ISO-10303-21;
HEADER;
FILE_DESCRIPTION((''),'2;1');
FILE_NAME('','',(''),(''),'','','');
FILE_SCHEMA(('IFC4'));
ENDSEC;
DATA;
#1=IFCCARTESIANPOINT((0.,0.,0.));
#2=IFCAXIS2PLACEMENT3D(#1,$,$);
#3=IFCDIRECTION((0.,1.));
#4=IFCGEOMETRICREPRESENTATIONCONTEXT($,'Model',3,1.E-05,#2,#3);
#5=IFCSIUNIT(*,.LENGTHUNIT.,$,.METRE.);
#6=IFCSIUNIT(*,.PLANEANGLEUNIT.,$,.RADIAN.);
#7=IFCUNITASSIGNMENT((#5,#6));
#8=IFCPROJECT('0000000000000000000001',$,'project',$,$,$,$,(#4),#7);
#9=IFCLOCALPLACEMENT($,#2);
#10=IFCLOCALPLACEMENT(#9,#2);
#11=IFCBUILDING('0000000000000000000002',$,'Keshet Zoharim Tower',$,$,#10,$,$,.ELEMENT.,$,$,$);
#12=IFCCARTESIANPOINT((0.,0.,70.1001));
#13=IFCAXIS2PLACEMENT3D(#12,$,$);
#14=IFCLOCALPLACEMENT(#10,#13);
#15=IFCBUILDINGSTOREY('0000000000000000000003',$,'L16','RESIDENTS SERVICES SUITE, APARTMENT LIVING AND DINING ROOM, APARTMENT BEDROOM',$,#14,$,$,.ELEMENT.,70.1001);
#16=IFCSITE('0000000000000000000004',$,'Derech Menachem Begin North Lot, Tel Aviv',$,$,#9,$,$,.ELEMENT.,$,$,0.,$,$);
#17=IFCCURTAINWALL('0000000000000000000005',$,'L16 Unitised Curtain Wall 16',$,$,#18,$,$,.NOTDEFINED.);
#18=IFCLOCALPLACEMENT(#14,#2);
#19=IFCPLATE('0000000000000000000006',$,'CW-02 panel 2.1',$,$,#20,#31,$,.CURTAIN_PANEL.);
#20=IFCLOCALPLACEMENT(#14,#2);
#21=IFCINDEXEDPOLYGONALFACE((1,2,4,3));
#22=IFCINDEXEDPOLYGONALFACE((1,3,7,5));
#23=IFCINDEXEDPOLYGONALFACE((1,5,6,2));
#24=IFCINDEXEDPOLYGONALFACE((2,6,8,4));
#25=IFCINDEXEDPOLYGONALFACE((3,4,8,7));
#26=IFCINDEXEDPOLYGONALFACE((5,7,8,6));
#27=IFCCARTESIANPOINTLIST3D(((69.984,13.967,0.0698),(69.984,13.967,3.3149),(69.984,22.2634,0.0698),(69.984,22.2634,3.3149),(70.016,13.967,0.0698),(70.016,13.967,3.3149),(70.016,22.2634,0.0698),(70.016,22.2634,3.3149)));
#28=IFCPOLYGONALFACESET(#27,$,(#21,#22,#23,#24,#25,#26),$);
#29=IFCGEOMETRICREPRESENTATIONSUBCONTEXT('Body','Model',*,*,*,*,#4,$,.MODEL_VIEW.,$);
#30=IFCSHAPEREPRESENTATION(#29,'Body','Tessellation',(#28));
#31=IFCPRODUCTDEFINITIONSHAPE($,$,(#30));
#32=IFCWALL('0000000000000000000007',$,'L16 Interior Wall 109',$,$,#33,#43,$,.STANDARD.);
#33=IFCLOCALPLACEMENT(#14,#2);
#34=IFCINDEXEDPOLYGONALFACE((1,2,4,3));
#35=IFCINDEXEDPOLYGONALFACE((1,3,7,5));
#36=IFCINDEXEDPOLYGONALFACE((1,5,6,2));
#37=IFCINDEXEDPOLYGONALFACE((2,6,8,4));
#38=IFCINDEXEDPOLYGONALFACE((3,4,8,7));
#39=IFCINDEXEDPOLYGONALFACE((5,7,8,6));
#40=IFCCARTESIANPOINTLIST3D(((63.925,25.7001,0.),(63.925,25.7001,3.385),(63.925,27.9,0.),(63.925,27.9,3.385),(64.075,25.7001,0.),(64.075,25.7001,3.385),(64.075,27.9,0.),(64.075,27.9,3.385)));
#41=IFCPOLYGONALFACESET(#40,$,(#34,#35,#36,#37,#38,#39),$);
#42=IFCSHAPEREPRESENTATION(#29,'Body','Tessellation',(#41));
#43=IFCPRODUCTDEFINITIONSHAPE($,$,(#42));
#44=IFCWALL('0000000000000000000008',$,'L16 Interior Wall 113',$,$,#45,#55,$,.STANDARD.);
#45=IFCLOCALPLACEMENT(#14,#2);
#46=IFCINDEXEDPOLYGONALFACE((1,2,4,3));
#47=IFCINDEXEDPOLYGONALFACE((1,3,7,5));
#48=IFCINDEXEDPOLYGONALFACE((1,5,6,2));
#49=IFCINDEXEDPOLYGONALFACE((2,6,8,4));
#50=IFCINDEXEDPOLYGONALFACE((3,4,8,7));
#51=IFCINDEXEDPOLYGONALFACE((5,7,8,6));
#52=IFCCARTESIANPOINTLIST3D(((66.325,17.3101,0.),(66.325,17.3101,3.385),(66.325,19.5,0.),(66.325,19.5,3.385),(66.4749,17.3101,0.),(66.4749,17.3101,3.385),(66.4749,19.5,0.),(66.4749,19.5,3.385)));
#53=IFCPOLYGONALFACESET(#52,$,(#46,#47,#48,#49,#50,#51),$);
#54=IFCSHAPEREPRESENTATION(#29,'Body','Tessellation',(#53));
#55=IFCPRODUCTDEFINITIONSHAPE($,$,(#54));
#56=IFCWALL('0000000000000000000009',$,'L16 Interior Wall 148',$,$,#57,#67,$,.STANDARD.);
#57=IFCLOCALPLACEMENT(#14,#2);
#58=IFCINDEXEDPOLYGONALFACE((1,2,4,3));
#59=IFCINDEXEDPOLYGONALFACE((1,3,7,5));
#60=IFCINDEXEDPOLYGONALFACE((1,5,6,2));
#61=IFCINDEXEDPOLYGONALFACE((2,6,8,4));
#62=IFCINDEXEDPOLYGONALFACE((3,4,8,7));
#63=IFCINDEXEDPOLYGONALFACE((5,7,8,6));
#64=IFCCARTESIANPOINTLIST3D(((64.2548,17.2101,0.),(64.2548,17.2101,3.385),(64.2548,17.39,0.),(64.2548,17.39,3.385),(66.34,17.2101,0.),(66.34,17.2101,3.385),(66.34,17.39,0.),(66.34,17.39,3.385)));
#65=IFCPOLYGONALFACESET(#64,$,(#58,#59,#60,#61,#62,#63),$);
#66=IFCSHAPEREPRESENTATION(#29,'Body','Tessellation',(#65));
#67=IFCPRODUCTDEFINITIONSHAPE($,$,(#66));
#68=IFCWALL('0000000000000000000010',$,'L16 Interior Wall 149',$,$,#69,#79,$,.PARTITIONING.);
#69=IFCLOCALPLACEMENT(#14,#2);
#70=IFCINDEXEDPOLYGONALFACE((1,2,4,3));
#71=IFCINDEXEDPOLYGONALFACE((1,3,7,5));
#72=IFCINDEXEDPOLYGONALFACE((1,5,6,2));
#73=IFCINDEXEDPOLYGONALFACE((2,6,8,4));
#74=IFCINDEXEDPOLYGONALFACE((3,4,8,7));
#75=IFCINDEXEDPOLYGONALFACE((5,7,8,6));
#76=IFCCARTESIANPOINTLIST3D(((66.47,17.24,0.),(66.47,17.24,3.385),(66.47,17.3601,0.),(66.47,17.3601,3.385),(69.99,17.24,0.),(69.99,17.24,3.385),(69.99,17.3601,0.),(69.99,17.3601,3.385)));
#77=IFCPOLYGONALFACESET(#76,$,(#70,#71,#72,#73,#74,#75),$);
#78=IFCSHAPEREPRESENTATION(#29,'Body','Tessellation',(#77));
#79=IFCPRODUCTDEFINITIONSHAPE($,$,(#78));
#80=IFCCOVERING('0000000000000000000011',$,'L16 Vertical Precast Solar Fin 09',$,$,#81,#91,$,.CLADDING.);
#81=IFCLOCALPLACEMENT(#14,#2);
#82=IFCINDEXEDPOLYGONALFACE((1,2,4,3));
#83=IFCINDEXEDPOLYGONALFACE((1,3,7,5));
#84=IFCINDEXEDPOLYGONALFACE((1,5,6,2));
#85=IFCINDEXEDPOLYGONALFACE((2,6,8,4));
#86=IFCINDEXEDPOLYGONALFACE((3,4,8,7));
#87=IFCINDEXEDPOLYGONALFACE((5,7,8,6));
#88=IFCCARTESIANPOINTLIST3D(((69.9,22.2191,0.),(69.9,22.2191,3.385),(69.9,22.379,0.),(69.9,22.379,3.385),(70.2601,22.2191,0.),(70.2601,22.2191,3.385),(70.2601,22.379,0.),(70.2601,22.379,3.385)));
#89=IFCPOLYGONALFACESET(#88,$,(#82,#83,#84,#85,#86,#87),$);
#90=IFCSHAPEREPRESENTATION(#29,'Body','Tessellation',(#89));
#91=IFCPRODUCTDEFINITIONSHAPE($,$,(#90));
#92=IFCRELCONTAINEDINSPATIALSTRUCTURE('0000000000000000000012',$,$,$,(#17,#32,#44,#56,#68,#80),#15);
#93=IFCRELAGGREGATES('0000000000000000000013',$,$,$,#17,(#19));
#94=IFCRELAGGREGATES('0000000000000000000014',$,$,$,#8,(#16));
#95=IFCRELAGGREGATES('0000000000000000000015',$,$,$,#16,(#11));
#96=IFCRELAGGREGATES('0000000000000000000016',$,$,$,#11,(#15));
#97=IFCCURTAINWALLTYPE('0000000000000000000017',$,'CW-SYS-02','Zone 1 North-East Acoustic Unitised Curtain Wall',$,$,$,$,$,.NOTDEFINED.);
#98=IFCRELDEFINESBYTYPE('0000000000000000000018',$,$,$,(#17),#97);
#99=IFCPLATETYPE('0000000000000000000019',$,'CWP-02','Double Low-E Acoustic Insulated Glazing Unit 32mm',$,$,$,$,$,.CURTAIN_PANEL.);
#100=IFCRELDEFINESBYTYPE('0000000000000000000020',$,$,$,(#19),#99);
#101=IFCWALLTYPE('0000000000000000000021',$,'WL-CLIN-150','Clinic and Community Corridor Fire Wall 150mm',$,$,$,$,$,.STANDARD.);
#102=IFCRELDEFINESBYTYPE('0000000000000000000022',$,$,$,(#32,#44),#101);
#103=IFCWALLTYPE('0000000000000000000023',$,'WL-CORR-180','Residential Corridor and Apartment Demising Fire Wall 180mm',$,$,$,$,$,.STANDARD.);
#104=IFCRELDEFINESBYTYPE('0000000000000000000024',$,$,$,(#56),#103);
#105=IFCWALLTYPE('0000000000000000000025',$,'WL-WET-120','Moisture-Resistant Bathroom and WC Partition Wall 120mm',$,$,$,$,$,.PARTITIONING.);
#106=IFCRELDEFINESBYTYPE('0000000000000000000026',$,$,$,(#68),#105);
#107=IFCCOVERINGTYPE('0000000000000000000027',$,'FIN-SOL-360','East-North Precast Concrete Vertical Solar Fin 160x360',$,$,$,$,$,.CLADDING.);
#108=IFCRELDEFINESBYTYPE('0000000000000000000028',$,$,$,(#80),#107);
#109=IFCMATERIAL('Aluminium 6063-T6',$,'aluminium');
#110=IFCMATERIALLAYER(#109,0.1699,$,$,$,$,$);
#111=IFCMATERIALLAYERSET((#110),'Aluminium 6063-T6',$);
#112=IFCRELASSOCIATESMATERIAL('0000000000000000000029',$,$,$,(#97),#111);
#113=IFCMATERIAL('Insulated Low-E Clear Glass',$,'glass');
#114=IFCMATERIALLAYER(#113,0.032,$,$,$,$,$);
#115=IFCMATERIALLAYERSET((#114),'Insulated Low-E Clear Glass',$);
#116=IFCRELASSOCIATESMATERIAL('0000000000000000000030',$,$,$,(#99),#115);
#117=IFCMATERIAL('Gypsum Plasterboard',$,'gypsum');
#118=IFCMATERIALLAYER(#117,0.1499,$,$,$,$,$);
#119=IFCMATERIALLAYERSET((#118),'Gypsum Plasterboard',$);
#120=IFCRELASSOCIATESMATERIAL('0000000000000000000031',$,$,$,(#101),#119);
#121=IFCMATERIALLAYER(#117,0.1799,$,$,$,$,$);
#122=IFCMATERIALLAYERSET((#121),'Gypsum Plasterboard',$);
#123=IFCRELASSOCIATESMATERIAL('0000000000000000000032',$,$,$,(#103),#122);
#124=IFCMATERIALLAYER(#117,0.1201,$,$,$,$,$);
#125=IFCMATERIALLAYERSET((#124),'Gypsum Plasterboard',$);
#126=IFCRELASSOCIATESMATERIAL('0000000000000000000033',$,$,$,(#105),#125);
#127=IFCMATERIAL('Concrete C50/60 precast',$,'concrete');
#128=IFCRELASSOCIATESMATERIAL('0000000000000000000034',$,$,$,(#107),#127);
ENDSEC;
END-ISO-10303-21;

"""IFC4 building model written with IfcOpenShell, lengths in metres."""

from ifc_helpers import new_model, si_unit, direction, frame, frame_2d, origin, origin_2d, place, context, subcontext, project, spatial, rectangle, extrude, material, layer, layer_set, type_object, element, aggregate, save


model = new_model("IFC4")

# Units and contexts
model_context = context("Model", 3, precision=1e-05, world=origin(), true_north=direction((0.0, 1.0)))
body_context = subcontext(model_context, "Body", "Model", "MODEL_VIEW")
ifc_project = project(units=[si_unit("LENGTHUNIT", "METRE"), si_unit("PLANEANGLEUNIT", "RADIAN")], contexts=[model_context])

# Site, building, storey
site_placement = place(None, origin())
site = spatial("IfcSite", under=ifc_project, at=site_placement, Name="Derech Menachem Begin North Lot, Tel Aviv", CompositionType="ELEMENT", RefElevation=0.0)
building_placement = place(site_placement, origin())
building = spatial("IfcBuilding", under=site, at=building_placement, Name="Keshet Zoharim Tower", CompositionType="ELEMENT")
storey_placement = place(building_placement, frame((0.0, 0.0, 70.1001)))
storey = spatial("IfcBuildingStorey", under=building, at=storey_placement, Name="L16", Description="RESIDENTS SERVICES SUITE, APARTMENT LIVING AND DINING ROOM, APARTMENT BEDROOM", CompositionType="ELEMENT", Elevation=70.1001)

# Shared definitions
ifc_material_1 = material(Name="Aluminium 6063-T6", Category="aluminium")
ifc_layer_1 = layer(ifc_material_1, 0.1699)
ifc_layer_set_1 = layer_set([ifc_layer_1], Name="Aluminium 6063-T6")
curtain_wall_type = type_object("IfcCurtainWallType", Name="CW-SYS-02", Description="Zone 1 North-East Acoustic Unitised Curtain Wall", PredefinedType="NOTDEFINED", material=ifc_layer_set_1)

# Curtain wall, plate
curtain_wall_1_placement = place(storey_placement, origin())
curtain_wall_1 = element("IfcCurtainWall", 1, at=curtain_wall_1_placement, inside=storey, type_object=curtain_wall_type, Name="L16 Unitised Curtain Wall 16", PredefinedType="NOTDEFINED")
ifc_material_2 = material(Name="Insulated Low-E Clear Glass", Category="glass")
ifc_layer_2 = layer(ifc_material_2, 0.032)
ifc_layer_set_2 = layer_set([ifc_layer_2], Name="Insulated Low-E Clear Glass")
plate_type = type_object("IfcPlateType", Name="CWP-02", Description="Double Low-E Acoustic Insulated Glazing Unit 32mm", PredefinedType="CURTAIN_PANEL", material=ifc_layer_set_2)
plate_1_placement = place(storey_placement, frame((70.0, 18.1152, 0.0698), z_axis=(0.0, 0.0, 1.0), x_axis=(0.0, -1.0, 0.0)))
plate_1 = element("IfcPlate", 2, at=plate_1_placement, type_object=plate_type, Name="CW-02 panel 2.1", PredefinedType="CURTAIN_PANEL", context=body_context, shape_type="SweptSolid", body=[
    extrude(rectangle(XDim=8.2964, YDim=0.032, at=origin_2d()), origin(), (0.0, 0.0, 1.0), 3.2451),
])
aggregate(curtain_wall_1, [plate_1])

# Walls
ifc_material_3 = material(Name="Gypsum Plasterboard", Category="gypsum")
ifc_layer_3 = layer(ifc_material_3, 0.1499)
ifc_layer_set_3 = layer_set([ifc_layer_3], Name="Gypsum Plasterboard")
wall_type_1 = type_object("IfcWallType", Name="WL-CLIN-150", Description="Clinic and Community Corridor Fire Wall 150mm", PredefinedType="STANDARD", material=ifc_layer_set_3)
wall_1_placement = place(storey_placement, frame((64.0, 25.7, 0.0), z_axis=(0.0, 0.0, 1.0), x_axis=(0.0, 1.0, 0.0)))
element("IfcWall", 3, at=wall_1_placement, inside=storey, type_object=wall_type_1, Name="L16 Interior Wall 109", PredefinedType="STANDARD", context=body_context, shape_type="SweptSolid", body=[
    extrude(rectangle(XDim=2.2, YDim=0.1499, at=frame_2d((1.1001, 0.0))), origin(), (0.0, 0.0, 1.0), 3.385),
])
wall_2_placement = place(storey_placement, frame((66.3999, 17.3101, 0.0), z_axis=(0.0, 0.0, 1.0), x_axis=(0.0, 1.0, 0.0)))
element("IfcWall", 4, at=wall_2_placement, inside=storey, type_object=wall_type_1, Name="L16 Interior Wall 113", PredefinedType="STANDARD", context=body_context, shape_type="SweptSolid", body=[
    extrude(rectangle(XDim=2.1899, YDim=0.1499, at=frame_2d((1.095, 0.0))), origin(), (0.0, 0.0, 1.0), 3.385),
])
ifc_layer_4 = layer(ifc_material_3, 0.1799)
ifc_layer_set_4 = layer_set([ifc_layer_4], Name="Gypsum Plasterboard")
wall_type_2 = type_object("IfcWallType", Name="WL-CORR-180", Description="Residential Corridor and Apartment Demising Fire Wall 180mm", PredefinedType="STANDARD", material=ifc_layer_set_4)
wall_3_placement = place(storey_placement, frame((64.2549, 17.3, 0.0), z_axis=(0.0, 0.0, 1.0), x_axis=(1.0, 0.0, 0.0)))
element("IfcWall", 5, at=wall_3_placement, inside=storey, type_object=wall_type_2, Name="L16 Interior Wall 148", PredefinedType="STANDARD", context=body_context, shape_type="SweptSolid", body=[
    extrude(rectangle(XDim=2.0852, YDim=0.1799, at=frame_2d((1.0425, 0.0))), origin(), (0.0, 0.0, 1.0), 3.385),
])
ifc_layer_5 = layer(ifc_material_3, 0.1201)
ifc_layer_set_5 = layer_set([ifc_layer_5], Name="Gypsum Plasterboard")
wall_type_3 = type_object("IfcWallType", Name="WL-WET-120", Description="Moisture-Resistant Bathroom and WC Partition Wall 120mm", PredefinedType="PARTITIONING", material=ifc_layer_set_5)
wall_4_placement = place(storey_placement, frame((66.47, 17.3, 0.0), z_axis=(0.0, 0.0, 1.0), x_axis=(1.0, 0.0, 0.0)))
element("IfcWall", 6, at=wall_4_placement, inside=storey, type_object=wall_type_3, Name="L16 Interior Wall 149", PredefinedType="PARTITIONING", context=body_context, shape_type="SweptSolid", body=[
    extrude(rectangle(XDim=3.52, YDim=0.1201, at=frame_2d((1.76, 0.0))), origin(), (0.0, 0.0, 1.0), 3.385),
])

# Covering
ifc_material_4 = material(Name="Concrete C50/60 precast", Category="concrete")
covering_type = type_object("IfcCoveringType", Name="FIN-SOL-360", Description="East-North Precast Concrete Vertical Solar Fin 160x360", PredefinedType="CLADDING", material=ifc_material_4)
covering_placement = place(storey_placement, frame((70.0801, 22.2991, 0.0), z_axis=(0.0, 0.0, 1.0), x_axis=(0.0, -1.0, 0.0)))
element("IfcCovering", 7, at=covering_placement, inside=storey, type_object=covering_type, Name="L16 Vertical Precast Solar Fin 09", PredefinedType="CLADDING", context=body_context, shape_type="SweptSolid", body=[
    extrude(rectangle(XDim=0.1599, YDim=0.3601, at=origin_2d()), origin(), (0.0, 0.0, 1.0), 3.385),
])

save(model, "model.ifc")
